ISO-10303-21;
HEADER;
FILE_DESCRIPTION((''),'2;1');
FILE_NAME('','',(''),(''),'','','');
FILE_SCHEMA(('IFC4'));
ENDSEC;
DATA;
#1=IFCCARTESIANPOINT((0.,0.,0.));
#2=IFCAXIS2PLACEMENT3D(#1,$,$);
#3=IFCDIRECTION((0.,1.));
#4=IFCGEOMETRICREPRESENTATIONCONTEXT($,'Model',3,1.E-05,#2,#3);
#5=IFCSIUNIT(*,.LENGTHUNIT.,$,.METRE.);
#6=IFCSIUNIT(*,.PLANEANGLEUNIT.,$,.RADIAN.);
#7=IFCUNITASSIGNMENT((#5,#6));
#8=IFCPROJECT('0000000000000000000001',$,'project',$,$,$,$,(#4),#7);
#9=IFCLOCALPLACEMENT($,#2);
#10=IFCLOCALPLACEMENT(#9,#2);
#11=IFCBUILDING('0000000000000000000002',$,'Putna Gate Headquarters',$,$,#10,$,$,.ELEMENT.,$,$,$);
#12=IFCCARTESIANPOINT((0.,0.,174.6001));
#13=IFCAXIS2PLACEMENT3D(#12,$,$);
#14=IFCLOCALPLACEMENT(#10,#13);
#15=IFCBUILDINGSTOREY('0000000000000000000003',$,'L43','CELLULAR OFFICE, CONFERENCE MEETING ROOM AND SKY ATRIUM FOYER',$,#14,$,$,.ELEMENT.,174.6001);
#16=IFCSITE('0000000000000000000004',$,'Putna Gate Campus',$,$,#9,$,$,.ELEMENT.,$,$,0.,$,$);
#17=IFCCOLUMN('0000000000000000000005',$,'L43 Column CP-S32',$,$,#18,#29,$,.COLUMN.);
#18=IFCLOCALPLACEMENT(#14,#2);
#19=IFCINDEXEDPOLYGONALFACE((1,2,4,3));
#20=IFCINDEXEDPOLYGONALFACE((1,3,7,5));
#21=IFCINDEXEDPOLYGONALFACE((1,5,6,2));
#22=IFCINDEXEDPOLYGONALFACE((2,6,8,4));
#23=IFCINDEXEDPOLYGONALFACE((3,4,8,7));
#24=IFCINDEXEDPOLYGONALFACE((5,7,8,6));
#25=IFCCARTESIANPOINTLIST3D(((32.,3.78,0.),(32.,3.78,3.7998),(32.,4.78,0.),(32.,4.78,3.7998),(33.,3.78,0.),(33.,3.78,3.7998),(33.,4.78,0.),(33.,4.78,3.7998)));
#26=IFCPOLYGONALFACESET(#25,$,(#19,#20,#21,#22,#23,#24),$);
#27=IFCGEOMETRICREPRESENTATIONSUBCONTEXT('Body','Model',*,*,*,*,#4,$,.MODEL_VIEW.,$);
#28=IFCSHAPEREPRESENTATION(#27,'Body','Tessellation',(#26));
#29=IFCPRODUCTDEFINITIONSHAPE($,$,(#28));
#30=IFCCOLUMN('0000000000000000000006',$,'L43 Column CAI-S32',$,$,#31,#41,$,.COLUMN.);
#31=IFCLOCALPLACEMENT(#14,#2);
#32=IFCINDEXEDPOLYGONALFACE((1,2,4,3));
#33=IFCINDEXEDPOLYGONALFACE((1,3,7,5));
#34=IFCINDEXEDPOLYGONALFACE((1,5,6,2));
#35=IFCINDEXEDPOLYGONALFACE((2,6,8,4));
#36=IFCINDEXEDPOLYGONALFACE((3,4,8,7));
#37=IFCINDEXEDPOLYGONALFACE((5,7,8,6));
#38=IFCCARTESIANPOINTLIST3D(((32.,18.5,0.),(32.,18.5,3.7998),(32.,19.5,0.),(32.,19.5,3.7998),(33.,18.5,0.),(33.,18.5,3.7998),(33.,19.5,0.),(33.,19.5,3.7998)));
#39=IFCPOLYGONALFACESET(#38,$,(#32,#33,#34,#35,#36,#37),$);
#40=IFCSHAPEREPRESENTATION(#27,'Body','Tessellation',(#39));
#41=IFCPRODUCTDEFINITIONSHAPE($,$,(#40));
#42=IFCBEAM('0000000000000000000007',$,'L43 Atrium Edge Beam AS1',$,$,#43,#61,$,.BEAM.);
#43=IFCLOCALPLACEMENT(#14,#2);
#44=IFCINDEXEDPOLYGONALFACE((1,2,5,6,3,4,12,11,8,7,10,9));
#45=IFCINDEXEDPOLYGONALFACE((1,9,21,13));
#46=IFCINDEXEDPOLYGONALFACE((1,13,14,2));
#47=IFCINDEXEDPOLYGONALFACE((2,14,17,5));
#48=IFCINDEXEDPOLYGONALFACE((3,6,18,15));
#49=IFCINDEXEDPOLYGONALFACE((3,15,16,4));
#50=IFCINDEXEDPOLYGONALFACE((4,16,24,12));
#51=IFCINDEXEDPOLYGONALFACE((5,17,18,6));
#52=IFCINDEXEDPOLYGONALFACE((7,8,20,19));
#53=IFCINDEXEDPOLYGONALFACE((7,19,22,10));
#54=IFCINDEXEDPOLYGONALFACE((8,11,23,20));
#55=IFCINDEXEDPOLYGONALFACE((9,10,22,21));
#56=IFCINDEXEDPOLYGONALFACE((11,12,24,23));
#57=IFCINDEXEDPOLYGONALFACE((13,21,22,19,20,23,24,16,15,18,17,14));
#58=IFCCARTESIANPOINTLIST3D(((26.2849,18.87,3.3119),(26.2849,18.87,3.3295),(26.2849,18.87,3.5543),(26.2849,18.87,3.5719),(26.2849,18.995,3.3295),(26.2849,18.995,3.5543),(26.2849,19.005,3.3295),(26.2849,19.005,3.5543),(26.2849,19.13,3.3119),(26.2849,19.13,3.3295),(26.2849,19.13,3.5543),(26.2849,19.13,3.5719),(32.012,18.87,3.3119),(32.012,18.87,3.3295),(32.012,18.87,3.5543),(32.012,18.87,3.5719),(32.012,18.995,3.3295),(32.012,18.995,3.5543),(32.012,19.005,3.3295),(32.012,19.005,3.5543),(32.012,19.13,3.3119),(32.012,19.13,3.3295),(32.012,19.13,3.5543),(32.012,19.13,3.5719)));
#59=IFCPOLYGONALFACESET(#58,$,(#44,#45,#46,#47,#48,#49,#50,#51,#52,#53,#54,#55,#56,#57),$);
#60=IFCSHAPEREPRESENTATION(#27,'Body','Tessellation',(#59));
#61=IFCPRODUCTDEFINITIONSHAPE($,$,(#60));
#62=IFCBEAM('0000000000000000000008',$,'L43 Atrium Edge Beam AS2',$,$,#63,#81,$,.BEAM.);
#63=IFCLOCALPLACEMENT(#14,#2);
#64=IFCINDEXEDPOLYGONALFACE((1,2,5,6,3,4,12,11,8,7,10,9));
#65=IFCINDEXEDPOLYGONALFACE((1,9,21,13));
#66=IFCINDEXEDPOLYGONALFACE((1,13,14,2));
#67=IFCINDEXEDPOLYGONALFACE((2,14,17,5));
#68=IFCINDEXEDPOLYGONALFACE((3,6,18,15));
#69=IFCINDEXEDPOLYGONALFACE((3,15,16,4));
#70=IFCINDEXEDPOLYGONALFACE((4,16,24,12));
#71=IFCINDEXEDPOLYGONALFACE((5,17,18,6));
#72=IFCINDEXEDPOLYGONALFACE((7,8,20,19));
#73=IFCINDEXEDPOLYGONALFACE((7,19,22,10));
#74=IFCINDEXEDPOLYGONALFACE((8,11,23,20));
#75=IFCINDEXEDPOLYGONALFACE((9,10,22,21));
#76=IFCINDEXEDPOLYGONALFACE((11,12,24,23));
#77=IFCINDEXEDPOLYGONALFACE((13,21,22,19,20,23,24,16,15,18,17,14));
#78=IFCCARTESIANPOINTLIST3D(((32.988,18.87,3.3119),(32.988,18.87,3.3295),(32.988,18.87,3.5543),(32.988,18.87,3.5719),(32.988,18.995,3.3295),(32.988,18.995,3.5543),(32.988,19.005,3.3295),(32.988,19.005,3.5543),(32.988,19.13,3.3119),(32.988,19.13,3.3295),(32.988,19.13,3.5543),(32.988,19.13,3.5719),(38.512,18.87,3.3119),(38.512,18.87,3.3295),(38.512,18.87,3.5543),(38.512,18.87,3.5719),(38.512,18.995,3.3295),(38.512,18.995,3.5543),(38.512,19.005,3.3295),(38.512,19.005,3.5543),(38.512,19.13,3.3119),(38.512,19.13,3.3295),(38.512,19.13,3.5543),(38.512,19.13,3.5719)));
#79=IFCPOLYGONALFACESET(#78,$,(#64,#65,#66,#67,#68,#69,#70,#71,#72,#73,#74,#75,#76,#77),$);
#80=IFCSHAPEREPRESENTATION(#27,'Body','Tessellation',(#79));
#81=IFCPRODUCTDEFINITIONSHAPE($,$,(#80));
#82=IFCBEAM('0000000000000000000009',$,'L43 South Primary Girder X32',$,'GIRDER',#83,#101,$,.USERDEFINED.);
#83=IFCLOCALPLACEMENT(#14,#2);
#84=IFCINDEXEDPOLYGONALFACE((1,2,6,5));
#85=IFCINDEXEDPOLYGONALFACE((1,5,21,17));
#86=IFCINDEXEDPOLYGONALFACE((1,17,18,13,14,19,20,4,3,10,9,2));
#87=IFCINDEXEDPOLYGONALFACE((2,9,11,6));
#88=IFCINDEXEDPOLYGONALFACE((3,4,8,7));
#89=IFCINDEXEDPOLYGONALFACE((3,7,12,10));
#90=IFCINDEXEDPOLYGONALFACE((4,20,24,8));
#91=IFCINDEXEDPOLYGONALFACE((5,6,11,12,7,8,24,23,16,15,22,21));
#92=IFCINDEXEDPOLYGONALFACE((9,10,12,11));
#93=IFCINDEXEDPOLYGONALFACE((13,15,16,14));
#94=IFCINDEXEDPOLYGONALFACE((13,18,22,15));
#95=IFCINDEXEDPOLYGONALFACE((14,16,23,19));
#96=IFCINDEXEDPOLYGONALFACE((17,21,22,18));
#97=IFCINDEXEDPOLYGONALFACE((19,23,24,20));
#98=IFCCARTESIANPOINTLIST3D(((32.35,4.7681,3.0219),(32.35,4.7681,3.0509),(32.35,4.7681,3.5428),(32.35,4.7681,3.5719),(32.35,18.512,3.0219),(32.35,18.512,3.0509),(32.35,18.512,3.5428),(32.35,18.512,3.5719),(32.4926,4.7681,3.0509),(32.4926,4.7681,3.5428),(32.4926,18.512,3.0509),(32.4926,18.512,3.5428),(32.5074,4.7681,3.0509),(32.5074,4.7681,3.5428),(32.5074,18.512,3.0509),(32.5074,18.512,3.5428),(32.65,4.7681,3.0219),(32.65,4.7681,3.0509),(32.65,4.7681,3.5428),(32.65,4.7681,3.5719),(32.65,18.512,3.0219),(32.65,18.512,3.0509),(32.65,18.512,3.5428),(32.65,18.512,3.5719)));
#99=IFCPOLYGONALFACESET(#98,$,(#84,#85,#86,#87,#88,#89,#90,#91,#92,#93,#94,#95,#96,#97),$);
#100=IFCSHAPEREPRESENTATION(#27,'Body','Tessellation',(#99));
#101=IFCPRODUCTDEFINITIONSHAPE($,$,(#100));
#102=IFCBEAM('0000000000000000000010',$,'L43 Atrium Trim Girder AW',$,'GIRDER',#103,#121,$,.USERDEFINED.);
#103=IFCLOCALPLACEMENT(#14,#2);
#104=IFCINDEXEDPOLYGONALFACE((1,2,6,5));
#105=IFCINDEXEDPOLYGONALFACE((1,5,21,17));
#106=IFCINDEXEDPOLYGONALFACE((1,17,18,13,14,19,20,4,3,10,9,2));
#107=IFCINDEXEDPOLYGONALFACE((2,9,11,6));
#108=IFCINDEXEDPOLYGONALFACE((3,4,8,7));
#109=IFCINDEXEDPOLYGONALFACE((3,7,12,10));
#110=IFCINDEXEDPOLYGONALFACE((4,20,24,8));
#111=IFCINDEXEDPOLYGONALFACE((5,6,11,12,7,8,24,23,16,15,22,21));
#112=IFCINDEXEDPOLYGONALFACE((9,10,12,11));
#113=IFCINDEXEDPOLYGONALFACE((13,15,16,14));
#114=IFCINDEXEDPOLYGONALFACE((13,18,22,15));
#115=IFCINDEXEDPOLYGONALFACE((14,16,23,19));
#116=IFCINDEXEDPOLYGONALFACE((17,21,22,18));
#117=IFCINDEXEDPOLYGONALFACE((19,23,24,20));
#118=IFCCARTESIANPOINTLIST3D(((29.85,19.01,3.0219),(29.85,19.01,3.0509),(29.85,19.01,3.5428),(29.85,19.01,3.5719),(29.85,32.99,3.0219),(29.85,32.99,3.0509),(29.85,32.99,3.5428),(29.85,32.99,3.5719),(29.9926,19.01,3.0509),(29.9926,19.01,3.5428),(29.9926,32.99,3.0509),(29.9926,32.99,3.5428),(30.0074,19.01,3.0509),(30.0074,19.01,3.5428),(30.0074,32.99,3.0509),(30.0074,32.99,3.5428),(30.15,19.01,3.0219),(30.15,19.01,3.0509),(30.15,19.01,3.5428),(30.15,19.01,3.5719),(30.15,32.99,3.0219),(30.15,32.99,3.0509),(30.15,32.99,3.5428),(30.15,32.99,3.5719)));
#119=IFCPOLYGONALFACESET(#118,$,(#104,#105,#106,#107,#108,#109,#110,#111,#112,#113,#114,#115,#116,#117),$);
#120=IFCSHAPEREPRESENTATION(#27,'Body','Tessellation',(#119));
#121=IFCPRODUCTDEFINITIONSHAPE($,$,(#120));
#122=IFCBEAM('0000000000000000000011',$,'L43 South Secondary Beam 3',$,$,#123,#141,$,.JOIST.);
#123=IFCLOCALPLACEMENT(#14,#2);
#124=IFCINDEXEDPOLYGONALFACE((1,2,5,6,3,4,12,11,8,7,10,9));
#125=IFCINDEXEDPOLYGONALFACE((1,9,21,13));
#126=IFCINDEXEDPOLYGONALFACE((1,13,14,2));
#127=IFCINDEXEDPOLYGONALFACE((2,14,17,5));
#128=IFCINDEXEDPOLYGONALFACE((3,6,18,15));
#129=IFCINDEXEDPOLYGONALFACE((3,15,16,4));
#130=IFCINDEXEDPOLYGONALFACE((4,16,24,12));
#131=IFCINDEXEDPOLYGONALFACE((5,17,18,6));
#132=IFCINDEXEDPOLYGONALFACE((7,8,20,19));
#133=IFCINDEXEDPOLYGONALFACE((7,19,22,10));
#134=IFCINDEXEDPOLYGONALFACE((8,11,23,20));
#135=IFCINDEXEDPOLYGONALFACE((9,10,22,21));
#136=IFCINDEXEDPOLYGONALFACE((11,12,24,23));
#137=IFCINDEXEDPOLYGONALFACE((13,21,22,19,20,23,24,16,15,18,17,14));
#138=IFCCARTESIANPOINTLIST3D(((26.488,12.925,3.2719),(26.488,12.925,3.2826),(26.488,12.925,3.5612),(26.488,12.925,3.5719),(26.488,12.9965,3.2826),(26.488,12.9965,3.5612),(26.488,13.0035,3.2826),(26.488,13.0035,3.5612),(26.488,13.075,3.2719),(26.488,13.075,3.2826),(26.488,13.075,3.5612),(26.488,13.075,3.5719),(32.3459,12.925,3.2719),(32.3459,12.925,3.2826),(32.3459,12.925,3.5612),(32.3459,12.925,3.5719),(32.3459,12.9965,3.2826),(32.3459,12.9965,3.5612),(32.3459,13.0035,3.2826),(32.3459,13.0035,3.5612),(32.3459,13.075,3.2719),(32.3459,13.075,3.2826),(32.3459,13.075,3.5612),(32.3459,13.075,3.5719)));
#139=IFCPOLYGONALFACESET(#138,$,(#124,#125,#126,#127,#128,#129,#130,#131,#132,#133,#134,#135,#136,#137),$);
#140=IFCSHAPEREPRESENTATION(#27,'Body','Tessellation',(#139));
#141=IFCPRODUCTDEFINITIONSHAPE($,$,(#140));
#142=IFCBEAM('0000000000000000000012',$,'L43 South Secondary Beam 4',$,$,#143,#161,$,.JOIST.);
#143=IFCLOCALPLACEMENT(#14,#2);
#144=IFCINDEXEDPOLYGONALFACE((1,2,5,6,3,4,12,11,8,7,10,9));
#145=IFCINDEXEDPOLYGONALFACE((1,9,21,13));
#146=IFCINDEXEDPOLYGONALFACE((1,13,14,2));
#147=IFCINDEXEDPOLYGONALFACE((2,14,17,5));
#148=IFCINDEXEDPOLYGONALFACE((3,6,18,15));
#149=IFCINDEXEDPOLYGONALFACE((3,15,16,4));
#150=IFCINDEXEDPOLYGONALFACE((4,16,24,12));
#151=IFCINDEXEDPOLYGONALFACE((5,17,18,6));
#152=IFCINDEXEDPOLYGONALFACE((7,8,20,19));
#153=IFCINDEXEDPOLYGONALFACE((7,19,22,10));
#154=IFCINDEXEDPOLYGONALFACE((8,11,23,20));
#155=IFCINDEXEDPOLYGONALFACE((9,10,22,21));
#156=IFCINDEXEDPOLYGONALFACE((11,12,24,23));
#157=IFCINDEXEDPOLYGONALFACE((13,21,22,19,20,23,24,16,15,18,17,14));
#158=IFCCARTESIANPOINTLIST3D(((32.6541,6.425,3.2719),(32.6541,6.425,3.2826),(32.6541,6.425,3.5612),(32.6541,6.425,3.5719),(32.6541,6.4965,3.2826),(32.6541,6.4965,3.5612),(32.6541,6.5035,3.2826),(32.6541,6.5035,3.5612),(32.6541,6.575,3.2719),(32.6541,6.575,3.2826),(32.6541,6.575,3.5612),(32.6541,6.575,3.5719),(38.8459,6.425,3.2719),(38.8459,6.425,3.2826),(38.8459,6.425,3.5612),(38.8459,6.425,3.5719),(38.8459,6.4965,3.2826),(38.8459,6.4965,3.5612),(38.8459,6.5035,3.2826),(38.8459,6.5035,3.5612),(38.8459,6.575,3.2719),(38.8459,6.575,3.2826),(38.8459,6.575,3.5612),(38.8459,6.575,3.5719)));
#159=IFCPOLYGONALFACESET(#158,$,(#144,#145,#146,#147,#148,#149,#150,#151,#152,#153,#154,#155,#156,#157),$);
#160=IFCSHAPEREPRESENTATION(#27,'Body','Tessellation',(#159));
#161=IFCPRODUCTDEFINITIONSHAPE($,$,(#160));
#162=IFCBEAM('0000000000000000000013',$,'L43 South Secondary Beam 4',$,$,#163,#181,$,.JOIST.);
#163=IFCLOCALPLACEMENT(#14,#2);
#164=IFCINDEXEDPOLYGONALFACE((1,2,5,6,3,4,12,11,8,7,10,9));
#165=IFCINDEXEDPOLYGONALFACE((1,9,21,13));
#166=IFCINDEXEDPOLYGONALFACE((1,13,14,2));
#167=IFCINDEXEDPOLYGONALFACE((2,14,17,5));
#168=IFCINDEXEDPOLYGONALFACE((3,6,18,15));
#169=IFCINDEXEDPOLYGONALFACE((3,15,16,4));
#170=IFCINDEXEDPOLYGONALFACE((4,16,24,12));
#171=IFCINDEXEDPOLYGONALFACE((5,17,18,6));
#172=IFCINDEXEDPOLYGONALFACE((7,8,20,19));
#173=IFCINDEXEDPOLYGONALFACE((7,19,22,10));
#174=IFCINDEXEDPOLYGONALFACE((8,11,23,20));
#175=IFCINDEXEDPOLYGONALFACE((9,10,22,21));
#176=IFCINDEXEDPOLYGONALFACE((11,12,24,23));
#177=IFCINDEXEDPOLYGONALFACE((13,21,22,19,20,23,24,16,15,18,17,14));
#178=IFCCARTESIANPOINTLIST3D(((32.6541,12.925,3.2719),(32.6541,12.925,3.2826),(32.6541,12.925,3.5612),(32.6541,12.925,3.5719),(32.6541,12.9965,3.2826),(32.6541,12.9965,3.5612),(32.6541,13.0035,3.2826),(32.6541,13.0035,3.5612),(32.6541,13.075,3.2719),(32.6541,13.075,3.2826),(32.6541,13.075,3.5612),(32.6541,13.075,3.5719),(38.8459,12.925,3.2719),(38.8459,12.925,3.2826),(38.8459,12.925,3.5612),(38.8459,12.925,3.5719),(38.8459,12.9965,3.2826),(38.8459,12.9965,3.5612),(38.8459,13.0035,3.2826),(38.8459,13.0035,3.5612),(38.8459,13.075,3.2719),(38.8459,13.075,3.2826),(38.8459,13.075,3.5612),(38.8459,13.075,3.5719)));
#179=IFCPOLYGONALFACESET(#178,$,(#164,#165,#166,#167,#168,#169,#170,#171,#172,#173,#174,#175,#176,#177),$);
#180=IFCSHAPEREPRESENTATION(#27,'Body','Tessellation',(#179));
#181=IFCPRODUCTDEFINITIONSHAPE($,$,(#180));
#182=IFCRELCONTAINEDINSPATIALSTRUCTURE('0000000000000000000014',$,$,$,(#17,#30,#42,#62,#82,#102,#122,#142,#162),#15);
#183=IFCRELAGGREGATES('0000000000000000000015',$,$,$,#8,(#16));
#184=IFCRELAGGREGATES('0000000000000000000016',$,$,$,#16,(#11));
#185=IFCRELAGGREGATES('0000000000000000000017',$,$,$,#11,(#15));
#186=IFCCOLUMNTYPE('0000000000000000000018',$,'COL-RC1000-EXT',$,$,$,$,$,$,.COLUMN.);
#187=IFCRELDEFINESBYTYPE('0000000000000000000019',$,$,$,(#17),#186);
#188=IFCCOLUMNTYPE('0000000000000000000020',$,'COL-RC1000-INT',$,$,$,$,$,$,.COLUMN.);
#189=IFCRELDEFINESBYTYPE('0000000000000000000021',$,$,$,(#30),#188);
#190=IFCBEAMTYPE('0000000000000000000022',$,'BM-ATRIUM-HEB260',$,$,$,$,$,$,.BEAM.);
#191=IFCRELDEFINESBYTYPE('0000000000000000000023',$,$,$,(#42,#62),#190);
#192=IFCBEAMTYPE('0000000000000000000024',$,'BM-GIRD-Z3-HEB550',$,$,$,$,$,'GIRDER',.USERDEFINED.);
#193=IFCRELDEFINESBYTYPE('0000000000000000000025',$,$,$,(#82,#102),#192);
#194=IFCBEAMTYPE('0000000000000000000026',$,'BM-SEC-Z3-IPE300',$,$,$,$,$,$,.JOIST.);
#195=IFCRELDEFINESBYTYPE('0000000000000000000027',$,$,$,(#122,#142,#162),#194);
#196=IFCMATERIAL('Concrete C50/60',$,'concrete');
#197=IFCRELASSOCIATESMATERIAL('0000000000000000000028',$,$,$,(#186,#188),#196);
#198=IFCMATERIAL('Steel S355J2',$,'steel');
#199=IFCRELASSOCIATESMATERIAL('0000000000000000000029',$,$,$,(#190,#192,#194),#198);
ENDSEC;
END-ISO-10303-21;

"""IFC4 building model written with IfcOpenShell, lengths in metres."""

from ifc_helpers import new_model, si_unit, direction, frame, origin, origin_2d, place, context, subcontext, project, spatial, rectangle, i_section, extrude, material, material_profile, profile_set, type_object, element, save


model = new_model("IFC4")

# Units and contexts
model_context = context("Model", 3, precision=1e-05, world=origin(), true_north=direction((0.0, 1.0)))
body_context = subcontext(model_context, "Body", "Model", "MODEL_VIEW")
ifc_project = project(units=[si_unit("LENGTHUNIT", "METRE"), si_unit("PLANEANGLEUNIT", "RADIAN")], contexts=[model_context])

# Site, building, storey
site_placement = place(None, origin())
site = spatial("IfcSite", under=ifc_project, at=site_placement, Name="Putna Gate Campus", CompositionType="ELEMENT", RefElevation=0.0)
building_placement = place(site_placement, origin())
building = spatial("IfcBuilding", under=site, at=building_placement, Name="Putna Gate Headquarters", CompositionType="ELEMENT")
storey_placement = place(building_placement, frame((0.0, 0.0, 174.6001)))
storey = spatial("IfcBuildingStorey", under=building, at=storey_placement, Name="L43", Description="CELLULAR OFFICE, CONFERENCE MEETING ROOM AND SKY ATRIUM FOYER", CompositionType="ELEMENT", Elevation=174.6001)

# Columns
ifc_material_1 = material(Name="Concrete C50/60", Category="concrete")
ifc_material_profile_1 = material_profile(ifc_material_1, rectangle(XDim=1.0, YDim=1.0, at=origin_2d()), Name="Concrete C50/60")
ifc_profile_set_1 = profile_set([ifc_material_profile_1], Name="Concrete C50/60")
column_type_1 = type_object("IfcColumnType", Name="COL-RC1000-EXT", PredefinedType="COLUMN", material=ifc_profile_set_1)
column_1_placement = place(storey_placement, frame((32.5, 4.28, 0.0), z_axis=(0.0, 0.0, 1.0), x_axis=(1.0, 0.0, 0.0)))
element("IfcColumn", 1, at=column_1_placement, inside=storey, type_object=column_type_1, Name="L43 Column CP-S32", PredefinedType="COLUMN", context=body_context, shape_type="SweptSolid", body=[
    extrude(rectangle(XDim=1.0, YDim=1.0, at=origin_2d()), origin(), (0.0, 0.0, 1.0), 3.7998),
])
ifc_material_profile_2 = material_profile(ifc_material_1, rectangle(XDim=1.0, YDim=1.0, at=origin_2d()), Name="Concrete C50/60")
ifc_profile_set_2 = profile_set([ifc_material_profile_2], Name="Concrete C50/60")
column_type_2 = type_object("IfcColumnType", Name="COL-RC1000-INT", PredefinedType="COLUMN", material=ifc_profile_set_2)
column_2_placement = place(storey_placement, frame((32.5, 19.0, 0.0), z_axis=(0.0, 0.0, 1.0), x_axis=(1.0, 0.0, 0.0)))
element("IfcColumn", 2, at=column_2_placement, inside=storey, type_object=column_type_2, Name="L43 Column CAI-S32", PredefinedType="COLUMN", context=body_context, shape_type="SweptSolid", body=[
    extrude(rectangle(XDim=1.0, YDim=1.0, at=origin_2d()), origin(), (0.0, 0.0, 1.0), 3.7998),
])

# Beams
ifc_material_2 = material(Name="Steel S355J2", Category="steel")
ifc_material_profile_3 = material_profile(ifc_material_2, i_section(OverallWidth=0.26, OverallDepth=0.26, WebThickness=0.01, FlangeThickness=0.0176, at=origin_2d()), Name="Steel S355J2")
ifc_profile_set_3 = profile_set([ifc_material_profile_3], Name="Steel S355J2")
beam_type_1 = type_object("IfcBeamType", Name="BM-ATRIUM-HEB260", PredefinedType="BEAM", material=ifc_profile_set_3)
beam_1_placement = place(storey_placement, frame((26.2849, 19.0, 3.4419), z_axis=(1.0, 0.0, 0.0), x_axis=(0.0, 1.0, 0.0)))
element("IfcBeam", 3, at=beam_1_placement, inside=storey, type_object=beam_type_1, Name="L43 Atrium Edge Beam AS1", PredefinedType="BEAM", context=body_context, shape_type="SweptSolid", body=[
    extrude(i_section(OverallWidth=0.26, OverallDepth=0.26, WebThickness=0.01, FlangeThickness=0.0176, at=origin_2d()), origin(), (0.0, 0.0, 1.0), 5.7271),
])
beam_2_placement = place(storey_placement, frame((32.988, 19.0, 3.4419), z_axis=(1.0, 0.0, 0.0), x_axis=(0.0, 1.0, 0.0)))
element("IfcBeam", 4, at=beam_2_placement, inside=storey, type_object=beam_type_1, Name="L43 Atrium Edge Beam AS2", PredefinedType="BEAM", context=body_context, shape_type="SweptSolid", body=[
    extrude(i_section(OverallWidth=0.26, OverallDepth=0.26, WebThickness=0.01, FlangeThickness=0.0176, at=origin_2d()), origin(), (0.0, 0.0, 1.0), 5.5239),
])
ifc_material_profile_4 = material_profile(ifc_material_2, i_section(OverallWidth=0.3, OverallDepth=0.55, WebThickness=0.0149, FlangeThickness=0.0291, at=origin_2d()), Name="Steel S355J2")
ifc_profile_set_4 = profile_set([ifc_material_profile_4], Name="Steel S355J2")
beam_type_2 = type_object("IfcBeamType", Name="BM-GIRD-Z3-HEB550", ElementType="GIRDER", PredefinedType="USERDEFINED", material=ifc_profile_set_4)
beam_3_placement = place(storey_placement, frame((32.5, 4.7681, 3.2969), z_axis=(0.0, 1.0, 0.0), x_axis=(-1.0, 0.0, 0.0)))
element("IfcBeam", 5, at=beam_3_placement, inside=storey, type_object=beam_type_2, Name="L43 South Primary Girder X32", ObjectType="GIRDER", PredefinedType="USERDEFINED", context=body_context, shape_type="SweptSolid", body=[
    extrude(i_section(OverallWidth=0.3, OverallDepth=0.55, WebThickness=0.0149, FlangeThickness=0.0291, at=origin_2d()), origin(), (0.0, 0.0, 1.0), 13.7439),
])
beam_4_placement = place(storey_placement, frame((30.0, 19.01, 3.2969), z_axis=(0.0, 1.0, 0.0), x_axis=(-1.0, 0.0, 0.0)))
element("IfcBeam", 6, at=beam_4_placement, inside=storey, type_object=beam_type_2, Name="L43 Atrium Trim Girder AW", ObjectType="GIRDER", PredefinedType="USERDEFINED", context=body_context, shape_type="SweptSolid", body=[
    extrude(i_section(OverallWidth=0.3, OverallDepth=0.55, WebThickness=0.0149, FlangeThickness=0.0291, at=origin_2d()), origin(), (0.0, 0.0, 1.0), 13.98),
])
ifc_material_profile_5 = material_profile(ifc_material_2, i_section(OverallWidth=0.1499, OverallDepth=0.3, WebThickness=0.0071, FlangeThickness=0.0107, at=origin_2d()), Name="Steel S355J2")
ifc_profile_set_5 = profile_set([ifc_material_profile_5], Name="Steel S355J2")
beam_type_3 = type_object("IfcBeamType", Name="BM-SEC-Z3-IPE300", PredefinedType="JOIST", material=ifc_profile_set_5)
beam_5_placement = place(storey_placement, frame((26.488, 13.0, 3.4219), z_axis=(1.0, 0.0, 0.0), x_axis=(0.0, 1.0, 0.0)))
element("IfcBeam", 7, at=beam_5_placement, inside=storey, type_object=beam_type_3, Name="L43 South Secondary Beam 3", PredefinedType="JOIST", context=body_context, shape_type="SweptSolid", body=[
    extrude(i_section(OverallWidth=0.1499, OverallDepth=0.3, WebThickness=0.0071, FlangeThickness=0.0107, at=origin_2d()), origin(), (0.0, 0.0, 1.0), 5.8579),
])
for number, where, z_axis, x_axis, name in (
    (8, (32.6541, 6.5, 3.4219), (1.0, 0.0, 0.0), (0.0, 1.0, 0.0), "L43 South Secondary Beam 4"),
    (9, (32.6541, 13.0, 3.4219), (1.0, 0.0, 0.0), (0.0, 1.0, 0.0), "L43 South Secondary Beam 4"),
):
    element("IfcBeam", number, at=place(storey_placement, frame(where, z_axis=z_axis, x_axis=x_axis)), inside=storey, type_object=beam_type_3, Name=name, PredefinedType="JOIST", context=body_context, shape_type="SweptSolid", body=[
        extrude(i_section(OverallWidth=0.1499, OverallDepth=0.3, WebThickness=0.0071, FlangeThickness=0.0107, at=origin_2d()), origin(), (0.0, 0.0, 1.0), 6.1919),
    ])

save(model, "model.ifc")
